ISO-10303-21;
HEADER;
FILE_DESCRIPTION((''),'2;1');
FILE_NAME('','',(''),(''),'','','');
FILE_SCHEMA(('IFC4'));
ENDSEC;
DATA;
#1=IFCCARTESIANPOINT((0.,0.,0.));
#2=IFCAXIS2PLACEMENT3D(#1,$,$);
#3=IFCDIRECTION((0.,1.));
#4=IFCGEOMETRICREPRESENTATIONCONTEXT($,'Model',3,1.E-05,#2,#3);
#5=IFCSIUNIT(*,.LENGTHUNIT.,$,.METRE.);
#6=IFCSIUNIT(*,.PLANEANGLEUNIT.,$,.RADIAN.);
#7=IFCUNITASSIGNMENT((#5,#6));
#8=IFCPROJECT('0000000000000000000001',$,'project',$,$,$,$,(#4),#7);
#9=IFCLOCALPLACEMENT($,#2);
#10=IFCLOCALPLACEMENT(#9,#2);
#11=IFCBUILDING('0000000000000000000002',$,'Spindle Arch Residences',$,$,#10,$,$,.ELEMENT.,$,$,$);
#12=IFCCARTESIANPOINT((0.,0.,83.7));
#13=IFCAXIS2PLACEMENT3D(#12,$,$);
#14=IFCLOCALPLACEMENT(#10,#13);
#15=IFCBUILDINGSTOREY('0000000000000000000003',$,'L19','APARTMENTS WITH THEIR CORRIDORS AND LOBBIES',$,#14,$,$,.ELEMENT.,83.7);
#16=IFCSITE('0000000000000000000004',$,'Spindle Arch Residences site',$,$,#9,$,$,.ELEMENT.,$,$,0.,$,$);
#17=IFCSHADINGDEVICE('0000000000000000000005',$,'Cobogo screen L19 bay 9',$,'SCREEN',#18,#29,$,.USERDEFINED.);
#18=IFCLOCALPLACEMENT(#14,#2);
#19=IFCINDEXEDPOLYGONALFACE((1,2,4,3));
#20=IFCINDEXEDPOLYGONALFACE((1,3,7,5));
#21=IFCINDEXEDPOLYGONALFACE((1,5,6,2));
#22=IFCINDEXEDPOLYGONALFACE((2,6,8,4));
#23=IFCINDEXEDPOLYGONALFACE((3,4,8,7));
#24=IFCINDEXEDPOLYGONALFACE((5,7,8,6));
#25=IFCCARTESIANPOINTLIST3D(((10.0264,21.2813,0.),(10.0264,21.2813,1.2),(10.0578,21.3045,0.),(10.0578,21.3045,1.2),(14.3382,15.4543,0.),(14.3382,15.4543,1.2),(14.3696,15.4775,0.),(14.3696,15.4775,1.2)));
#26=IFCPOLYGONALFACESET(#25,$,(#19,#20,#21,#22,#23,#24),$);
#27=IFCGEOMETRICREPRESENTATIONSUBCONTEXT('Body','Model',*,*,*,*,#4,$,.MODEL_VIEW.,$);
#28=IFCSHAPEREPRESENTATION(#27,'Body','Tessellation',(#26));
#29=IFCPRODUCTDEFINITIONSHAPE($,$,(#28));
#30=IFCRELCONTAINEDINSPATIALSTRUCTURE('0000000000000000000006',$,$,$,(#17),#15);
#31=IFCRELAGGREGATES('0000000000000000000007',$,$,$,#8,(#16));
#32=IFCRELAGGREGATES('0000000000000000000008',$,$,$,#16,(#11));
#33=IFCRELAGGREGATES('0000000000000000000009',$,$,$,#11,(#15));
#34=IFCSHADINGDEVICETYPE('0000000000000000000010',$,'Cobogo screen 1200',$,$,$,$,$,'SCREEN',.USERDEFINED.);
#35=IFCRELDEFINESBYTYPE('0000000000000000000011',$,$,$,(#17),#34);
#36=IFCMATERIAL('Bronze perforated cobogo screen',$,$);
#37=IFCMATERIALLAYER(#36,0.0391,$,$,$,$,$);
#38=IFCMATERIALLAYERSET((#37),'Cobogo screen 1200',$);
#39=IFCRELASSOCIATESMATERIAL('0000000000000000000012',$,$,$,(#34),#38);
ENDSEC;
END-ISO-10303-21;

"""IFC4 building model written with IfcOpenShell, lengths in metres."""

from ifc_helpers import new_model, si_unit, direction, frame, origin, origin_2d, place, context, subcontext, project, spatial, rectangle, extrude, material, layer, layer_set, type_object, element, save


model = new_model("IFC4")

# Units and contexts
model_context = context("Model", 3, precision=1e-05, world=origin(), true_north=direction((0.0, 1.0)))
body_context = subcontext(model_context, "Body", "Model", "MODEL_VIEW")
ifc_project = project(units=[si_unit("LENGTHUNIT", "METRE"), si_unit("PLANEANGLEUNIT", "RADIAN")], contexts=[model_context])

# Site, building, storey
site_placement = place(None, origin())
site = spatial("IfcSite", under=ifc_project, at=site_placement, Name="Spindle Arch Residences site", CompositionType="ELEMENT", RefElevation=0.0)
building_placement = place(site_placement, origin())
building = spatial("IfcBuilding", under=site, at=building_placement, Name="Spindle Arch Residences", CompositionType="ELEMENT")
storey_placement = place(building_placement, frame((0.0, 0.0, 83.7)))
storey = spatial("IfcBuildingStorey", under=building, at=storey_placement, Name="L19", Description="APARTMENTS WITH THEIR CORRIDORS AND LOBBIES", CompositionType="ELEMENT", Elevation=83.7)

# Shading device
ifc_material_1 = material(Name="Bronze perforated cobogo screen")
ifc_layer_1 = layer(ifc_material_1, 0.0391)
ifc_layer_set_1 = layer_set([ifc_layer_1], Name="Cobogo screen 1200")
shading_device_type = type_object("IfcShadingDeviceType", Name="Cobogo screen 1200", ElementType="SCREEN", PredefinedType="USERDEFINED", material=ifc_layer_set_1)
shading_device_placement = place(storey_placement, frame((12.198, 18.3794, 0.0), z_axis=(0.0, 0.0, 1.0), x_axis=(-0.594823, 0.803857, 0.0)))
element("IfcShadingDevice", 1, at=shading_device_placement, inside=storey, type_object=shading_device_type, Name="Cobogo screen L19 bay 9", ObjectType="SCREEN", PredefinedType="USERDEFINED", context=body_context, shape_type="SweptSolid", body=[
    extrude(rectangle(XDim=7.2488, YDim=0.0391, at=origin_2d()), origin(), (0.0, 0.0, 1.0), 1.2),
])

save(model, "model.ifc")
